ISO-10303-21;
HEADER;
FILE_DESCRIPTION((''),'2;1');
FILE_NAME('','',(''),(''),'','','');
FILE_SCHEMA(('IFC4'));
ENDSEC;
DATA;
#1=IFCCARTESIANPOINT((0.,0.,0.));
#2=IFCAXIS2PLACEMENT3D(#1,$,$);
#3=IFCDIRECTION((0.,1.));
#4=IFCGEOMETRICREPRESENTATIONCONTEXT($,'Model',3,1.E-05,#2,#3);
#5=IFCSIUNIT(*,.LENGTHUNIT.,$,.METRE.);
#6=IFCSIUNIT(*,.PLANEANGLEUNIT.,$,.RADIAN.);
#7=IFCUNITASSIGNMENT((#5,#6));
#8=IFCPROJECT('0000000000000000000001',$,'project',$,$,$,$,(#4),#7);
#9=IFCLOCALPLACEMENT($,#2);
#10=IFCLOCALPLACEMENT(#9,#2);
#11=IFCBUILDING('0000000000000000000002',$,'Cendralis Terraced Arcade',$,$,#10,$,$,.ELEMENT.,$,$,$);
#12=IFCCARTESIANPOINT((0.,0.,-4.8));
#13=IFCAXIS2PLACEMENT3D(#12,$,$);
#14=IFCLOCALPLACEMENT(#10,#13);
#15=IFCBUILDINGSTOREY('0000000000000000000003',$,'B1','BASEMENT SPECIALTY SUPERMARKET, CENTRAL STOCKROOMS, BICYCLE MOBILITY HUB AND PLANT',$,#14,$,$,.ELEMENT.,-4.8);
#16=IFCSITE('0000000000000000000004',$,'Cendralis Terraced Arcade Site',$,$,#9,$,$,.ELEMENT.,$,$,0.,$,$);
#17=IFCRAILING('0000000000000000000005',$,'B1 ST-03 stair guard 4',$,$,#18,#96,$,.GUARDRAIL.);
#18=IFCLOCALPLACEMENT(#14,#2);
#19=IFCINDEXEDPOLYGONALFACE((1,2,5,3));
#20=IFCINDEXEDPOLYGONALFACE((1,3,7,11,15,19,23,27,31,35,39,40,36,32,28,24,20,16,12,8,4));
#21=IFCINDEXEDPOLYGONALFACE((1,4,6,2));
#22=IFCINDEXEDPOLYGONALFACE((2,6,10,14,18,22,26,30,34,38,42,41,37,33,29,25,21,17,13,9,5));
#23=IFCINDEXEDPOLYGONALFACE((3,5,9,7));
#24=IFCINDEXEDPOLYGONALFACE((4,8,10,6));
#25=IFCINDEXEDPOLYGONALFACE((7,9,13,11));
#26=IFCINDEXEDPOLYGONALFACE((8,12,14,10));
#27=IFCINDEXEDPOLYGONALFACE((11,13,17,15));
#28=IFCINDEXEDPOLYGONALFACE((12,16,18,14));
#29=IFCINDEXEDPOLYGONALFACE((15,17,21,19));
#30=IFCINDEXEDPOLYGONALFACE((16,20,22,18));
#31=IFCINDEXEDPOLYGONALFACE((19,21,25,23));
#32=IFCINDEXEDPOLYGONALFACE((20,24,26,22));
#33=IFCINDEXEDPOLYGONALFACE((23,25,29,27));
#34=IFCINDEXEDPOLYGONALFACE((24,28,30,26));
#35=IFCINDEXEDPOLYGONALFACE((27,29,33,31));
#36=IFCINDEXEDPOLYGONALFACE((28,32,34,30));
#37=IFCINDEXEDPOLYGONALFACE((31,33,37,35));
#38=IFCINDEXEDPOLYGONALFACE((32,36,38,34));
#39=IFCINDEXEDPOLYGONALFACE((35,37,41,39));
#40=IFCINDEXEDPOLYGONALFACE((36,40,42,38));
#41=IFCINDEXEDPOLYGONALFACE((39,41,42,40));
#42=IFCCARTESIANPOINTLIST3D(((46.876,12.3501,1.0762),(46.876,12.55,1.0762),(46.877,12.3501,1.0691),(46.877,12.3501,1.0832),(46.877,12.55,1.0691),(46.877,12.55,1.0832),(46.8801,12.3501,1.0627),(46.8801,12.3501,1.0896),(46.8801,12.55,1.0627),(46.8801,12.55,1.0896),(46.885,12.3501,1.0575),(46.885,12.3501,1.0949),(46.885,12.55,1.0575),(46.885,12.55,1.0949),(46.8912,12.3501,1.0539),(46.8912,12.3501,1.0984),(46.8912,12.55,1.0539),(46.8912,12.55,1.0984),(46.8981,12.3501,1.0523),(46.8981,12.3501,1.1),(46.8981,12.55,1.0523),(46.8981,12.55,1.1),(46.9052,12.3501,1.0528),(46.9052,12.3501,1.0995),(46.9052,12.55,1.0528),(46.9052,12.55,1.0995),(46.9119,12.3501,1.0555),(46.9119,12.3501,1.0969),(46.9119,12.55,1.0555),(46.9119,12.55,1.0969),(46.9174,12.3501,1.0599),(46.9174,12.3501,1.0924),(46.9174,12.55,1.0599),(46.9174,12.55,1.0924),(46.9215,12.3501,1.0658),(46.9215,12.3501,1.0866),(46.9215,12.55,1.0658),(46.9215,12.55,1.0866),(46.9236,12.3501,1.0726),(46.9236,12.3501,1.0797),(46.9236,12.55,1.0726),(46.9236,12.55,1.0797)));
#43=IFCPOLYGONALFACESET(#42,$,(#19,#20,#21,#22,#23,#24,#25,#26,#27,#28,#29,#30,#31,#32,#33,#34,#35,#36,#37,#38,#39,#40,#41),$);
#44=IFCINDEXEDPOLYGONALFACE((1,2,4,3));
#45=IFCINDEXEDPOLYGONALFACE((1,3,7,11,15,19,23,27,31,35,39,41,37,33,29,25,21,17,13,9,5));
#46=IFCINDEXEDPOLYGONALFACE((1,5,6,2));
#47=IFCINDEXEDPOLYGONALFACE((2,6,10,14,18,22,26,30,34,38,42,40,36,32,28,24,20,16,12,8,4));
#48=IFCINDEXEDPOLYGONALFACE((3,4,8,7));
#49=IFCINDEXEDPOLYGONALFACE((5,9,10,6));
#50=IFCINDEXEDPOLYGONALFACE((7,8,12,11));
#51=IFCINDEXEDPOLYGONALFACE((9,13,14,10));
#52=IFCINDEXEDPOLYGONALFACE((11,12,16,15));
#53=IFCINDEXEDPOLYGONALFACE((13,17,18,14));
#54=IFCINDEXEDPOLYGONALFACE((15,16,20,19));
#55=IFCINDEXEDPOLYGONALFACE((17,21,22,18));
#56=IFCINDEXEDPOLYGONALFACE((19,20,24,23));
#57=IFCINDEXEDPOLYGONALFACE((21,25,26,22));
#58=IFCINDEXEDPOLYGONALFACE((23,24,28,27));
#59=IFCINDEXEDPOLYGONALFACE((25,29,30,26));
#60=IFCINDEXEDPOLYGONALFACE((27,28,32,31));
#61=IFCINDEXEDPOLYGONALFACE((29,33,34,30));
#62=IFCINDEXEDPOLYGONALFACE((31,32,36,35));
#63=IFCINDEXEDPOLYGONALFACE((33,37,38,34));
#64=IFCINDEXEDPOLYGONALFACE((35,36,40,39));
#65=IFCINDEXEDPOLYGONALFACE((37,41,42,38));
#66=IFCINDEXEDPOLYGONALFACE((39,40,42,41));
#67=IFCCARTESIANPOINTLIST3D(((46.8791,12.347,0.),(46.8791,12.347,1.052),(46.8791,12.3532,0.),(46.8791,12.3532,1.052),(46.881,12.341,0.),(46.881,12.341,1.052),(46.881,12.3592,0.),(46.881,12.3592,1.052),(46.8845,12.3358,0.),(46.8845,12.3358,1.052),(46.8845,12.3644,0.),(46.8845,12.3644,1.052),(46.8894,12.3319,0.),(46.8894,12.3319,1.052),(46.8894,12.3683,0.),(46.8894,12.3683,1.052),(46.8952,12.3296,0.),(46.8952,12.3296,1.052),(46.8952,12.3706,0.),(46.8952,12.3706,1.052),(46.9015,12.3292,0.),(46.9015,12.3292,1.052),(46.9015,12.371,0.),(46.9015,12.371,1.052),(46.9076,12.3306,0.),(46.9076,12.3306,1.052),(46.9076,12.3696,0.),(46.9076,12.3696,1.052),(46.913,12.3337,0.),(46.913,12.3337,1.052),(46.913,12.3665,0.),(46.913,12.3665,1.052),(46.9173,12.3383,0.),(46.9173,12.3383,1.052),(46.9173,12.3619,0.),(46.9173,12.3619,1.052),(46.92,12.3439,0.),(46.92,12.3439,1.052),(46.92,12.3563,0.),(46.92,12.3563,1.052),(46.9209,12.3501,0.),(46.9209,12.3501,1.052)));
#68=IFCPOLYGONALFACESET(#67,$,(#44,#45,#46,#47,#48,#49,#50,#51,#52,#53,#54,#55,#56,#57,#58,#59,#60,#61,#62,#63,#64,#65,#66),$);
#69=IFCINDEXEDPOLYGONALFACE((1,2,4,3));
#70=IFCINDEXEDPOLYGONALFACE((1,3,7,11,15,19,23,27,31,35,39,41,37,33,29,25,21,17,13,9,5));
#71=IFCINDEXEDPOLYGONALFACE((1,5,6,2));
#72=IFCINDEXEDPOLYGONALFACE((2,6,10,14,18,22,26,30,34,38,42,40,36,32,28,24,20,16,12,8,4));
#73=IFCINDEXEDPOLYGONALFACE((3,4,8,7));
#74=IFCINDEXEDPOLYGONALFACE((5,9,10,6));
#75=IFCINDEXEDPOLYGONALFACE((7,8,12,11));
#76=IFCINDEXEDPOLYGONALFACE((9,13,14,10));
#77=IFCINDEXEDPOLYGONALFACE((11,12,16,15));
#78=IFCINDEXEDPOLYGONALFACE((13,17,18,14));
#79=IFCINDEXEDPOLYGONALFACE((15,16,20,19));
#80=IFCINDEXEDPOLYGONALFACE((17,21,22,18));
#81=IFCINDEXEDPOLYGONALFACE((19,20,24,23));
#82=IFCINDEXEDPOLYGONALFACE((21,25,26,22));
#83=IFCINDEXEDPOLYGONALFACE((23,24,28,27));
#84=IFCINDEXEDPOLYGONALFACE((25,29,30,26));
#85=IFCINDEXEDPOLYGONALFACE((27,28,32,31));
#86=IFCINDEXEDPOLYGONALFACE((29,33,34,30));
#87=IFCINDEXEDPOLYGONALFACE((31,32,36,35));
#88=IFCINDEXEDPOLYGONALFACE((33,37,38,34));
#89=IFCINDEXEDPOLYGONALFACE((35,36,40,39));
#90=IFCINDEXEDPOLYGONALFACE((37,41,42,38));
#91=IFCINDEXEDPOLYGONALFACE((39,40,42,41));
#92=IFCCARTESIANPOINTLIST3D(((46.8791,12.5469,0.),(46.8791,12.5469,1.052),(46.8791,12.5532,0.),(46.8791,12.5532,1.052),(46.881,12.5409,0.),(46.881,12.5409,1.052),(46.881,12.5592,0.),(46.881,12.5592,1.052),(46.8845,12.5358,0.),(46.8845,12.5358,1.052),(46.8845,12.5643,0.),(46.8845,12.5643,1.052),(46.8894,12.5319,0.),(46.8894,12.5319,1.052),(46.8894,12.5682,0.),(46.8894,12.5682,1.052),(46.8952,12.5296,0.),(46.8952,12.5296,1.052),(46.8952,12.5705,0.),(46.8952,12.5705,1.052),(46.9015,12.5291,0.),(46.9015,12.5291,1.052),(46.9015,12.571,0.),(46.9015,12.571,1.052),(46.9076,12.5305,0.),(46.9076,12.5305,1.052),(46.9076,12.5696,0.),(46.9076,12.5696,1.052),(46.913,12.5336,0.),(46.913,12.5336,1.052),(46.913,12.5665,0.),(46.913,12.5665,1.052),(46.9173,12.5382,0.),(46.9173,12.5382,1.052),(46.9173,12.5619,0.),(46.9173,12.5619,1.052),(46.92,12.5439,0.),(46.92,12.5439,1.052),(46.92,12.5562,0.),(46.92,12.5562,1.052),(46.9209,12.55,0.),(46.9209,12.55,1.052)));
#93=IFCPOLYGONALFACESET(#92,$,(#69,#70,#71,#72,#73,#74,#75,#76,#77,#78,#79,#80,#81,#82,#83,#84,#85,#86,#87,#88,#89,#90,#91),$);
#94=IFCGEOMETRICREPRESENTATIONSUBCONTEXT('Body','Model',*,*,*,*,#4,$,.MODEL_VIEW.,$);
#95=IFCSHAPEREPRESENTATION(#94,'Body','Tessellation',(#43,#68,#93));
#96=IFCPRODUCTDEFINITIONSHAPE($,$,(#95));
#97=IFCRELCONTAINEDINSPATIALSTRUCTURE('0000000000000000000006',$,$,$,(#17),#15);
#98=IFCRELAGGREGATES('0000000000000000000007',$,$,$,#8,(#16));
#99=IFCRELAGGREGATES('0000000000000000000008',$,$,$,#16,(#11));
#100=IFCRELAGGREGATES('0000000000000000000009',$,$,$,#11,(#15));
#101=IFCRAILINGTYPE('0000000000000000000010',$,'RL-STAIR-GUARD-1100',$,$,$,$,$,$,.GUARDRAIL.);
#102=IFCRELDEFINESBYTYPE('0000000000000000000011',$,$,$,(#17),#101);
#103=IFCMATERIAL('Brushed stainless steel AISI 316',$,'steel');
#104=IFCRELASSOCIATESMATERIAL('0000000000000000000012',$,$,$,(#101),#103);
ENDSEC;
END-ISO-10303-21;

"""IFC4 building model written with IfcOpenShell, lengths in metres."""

from ifc_helpers import new_model, si_unit, direction, frame, origin, origin_2d, place, context, subcontext, project, spatial, circle, extrude, material, type_object, element, save


model = new_model("IFC4")

# Units and contexts
model_context = context("Model", 3, precision=1e-05, world=origin(), true_north=direction((0.0, 1.0)))
body_context = subcontext(model_context, "Body", "Model", "MODEL_VIEW")
ifc_project = project(units=[si_unit("LENGTHUNIT", "METRE"), si_unit("PLANEANGLEUNIT", "RADIAN")], contexts=[model_context])

# Site, building, storey
site_placement = place(None, origin())
site = spatial("IfcSite", under=ifc_project, at=site_placement, Name="Cendralis Terraced Arcade Site", CompositionType="ELEMENT", RefElevation=0.0)
building_placement = place(site_placement, origin())
building = spatial("IfcBuilding", under=site, at=building_placement, Name="Cendralis Terraced Arcade", CompositionType="ELEMENT")
storey_placement = place(building_placement, frame((0.0, 0.0, -4.8)))
storey = spatial("IfcBuildingStorey", under=building, at=storey_placement, Name="B1", Description="BASEMENT SPECIALTY SUPERMARKET, CENTRAL STOCKROOMS, BICYCLE MOBILITY HUB AND PLANT", CompositionType="ELEMENT", Elevation=-4.8)

# Railing
ifc_material_1 = material(Name="Brushed stainless steel AISI 316", Category="steel")
railing_type_1 = type_object("IfcRailingType", Name="RL-STAIR-GUARD-1100", PredefinedType="GUARDRAIL", material=ifc_material_1)
railing_1_placement = place(storey_placement, frame((46.8999, 12.3501, 0.0)))
element("IfcRailing", 1, at=railing_1_placement, inside=storey, type_object=railing_type_1, Name="B1 ST-03 stair guard 4", PredefinedType="GUARDRAIL", context=body_context, shape_type="SweptSolid", body=[
    extrude(circle(Radius=0.0239, at=origin_2d()), frame((0.0, 0.0, 1.0762), z_axis=(0.0, 1.0, 0.0), x_axis=(-1.0, 0.0, 0.0)), (0.0, 0.0, 1.0), 0.2),
    extrude(circle(Radius=0.021, at=origin_2d()), origin(), (0.0, 0.0, 1.0), 1.052),
    extrude(circle(Radius=0.021, at=origin_2d()), frame((0.0, 0.2, 0.0)), (0.0, 0.0, 1.0), 1.052),
])

save(model, "model.ifc")
